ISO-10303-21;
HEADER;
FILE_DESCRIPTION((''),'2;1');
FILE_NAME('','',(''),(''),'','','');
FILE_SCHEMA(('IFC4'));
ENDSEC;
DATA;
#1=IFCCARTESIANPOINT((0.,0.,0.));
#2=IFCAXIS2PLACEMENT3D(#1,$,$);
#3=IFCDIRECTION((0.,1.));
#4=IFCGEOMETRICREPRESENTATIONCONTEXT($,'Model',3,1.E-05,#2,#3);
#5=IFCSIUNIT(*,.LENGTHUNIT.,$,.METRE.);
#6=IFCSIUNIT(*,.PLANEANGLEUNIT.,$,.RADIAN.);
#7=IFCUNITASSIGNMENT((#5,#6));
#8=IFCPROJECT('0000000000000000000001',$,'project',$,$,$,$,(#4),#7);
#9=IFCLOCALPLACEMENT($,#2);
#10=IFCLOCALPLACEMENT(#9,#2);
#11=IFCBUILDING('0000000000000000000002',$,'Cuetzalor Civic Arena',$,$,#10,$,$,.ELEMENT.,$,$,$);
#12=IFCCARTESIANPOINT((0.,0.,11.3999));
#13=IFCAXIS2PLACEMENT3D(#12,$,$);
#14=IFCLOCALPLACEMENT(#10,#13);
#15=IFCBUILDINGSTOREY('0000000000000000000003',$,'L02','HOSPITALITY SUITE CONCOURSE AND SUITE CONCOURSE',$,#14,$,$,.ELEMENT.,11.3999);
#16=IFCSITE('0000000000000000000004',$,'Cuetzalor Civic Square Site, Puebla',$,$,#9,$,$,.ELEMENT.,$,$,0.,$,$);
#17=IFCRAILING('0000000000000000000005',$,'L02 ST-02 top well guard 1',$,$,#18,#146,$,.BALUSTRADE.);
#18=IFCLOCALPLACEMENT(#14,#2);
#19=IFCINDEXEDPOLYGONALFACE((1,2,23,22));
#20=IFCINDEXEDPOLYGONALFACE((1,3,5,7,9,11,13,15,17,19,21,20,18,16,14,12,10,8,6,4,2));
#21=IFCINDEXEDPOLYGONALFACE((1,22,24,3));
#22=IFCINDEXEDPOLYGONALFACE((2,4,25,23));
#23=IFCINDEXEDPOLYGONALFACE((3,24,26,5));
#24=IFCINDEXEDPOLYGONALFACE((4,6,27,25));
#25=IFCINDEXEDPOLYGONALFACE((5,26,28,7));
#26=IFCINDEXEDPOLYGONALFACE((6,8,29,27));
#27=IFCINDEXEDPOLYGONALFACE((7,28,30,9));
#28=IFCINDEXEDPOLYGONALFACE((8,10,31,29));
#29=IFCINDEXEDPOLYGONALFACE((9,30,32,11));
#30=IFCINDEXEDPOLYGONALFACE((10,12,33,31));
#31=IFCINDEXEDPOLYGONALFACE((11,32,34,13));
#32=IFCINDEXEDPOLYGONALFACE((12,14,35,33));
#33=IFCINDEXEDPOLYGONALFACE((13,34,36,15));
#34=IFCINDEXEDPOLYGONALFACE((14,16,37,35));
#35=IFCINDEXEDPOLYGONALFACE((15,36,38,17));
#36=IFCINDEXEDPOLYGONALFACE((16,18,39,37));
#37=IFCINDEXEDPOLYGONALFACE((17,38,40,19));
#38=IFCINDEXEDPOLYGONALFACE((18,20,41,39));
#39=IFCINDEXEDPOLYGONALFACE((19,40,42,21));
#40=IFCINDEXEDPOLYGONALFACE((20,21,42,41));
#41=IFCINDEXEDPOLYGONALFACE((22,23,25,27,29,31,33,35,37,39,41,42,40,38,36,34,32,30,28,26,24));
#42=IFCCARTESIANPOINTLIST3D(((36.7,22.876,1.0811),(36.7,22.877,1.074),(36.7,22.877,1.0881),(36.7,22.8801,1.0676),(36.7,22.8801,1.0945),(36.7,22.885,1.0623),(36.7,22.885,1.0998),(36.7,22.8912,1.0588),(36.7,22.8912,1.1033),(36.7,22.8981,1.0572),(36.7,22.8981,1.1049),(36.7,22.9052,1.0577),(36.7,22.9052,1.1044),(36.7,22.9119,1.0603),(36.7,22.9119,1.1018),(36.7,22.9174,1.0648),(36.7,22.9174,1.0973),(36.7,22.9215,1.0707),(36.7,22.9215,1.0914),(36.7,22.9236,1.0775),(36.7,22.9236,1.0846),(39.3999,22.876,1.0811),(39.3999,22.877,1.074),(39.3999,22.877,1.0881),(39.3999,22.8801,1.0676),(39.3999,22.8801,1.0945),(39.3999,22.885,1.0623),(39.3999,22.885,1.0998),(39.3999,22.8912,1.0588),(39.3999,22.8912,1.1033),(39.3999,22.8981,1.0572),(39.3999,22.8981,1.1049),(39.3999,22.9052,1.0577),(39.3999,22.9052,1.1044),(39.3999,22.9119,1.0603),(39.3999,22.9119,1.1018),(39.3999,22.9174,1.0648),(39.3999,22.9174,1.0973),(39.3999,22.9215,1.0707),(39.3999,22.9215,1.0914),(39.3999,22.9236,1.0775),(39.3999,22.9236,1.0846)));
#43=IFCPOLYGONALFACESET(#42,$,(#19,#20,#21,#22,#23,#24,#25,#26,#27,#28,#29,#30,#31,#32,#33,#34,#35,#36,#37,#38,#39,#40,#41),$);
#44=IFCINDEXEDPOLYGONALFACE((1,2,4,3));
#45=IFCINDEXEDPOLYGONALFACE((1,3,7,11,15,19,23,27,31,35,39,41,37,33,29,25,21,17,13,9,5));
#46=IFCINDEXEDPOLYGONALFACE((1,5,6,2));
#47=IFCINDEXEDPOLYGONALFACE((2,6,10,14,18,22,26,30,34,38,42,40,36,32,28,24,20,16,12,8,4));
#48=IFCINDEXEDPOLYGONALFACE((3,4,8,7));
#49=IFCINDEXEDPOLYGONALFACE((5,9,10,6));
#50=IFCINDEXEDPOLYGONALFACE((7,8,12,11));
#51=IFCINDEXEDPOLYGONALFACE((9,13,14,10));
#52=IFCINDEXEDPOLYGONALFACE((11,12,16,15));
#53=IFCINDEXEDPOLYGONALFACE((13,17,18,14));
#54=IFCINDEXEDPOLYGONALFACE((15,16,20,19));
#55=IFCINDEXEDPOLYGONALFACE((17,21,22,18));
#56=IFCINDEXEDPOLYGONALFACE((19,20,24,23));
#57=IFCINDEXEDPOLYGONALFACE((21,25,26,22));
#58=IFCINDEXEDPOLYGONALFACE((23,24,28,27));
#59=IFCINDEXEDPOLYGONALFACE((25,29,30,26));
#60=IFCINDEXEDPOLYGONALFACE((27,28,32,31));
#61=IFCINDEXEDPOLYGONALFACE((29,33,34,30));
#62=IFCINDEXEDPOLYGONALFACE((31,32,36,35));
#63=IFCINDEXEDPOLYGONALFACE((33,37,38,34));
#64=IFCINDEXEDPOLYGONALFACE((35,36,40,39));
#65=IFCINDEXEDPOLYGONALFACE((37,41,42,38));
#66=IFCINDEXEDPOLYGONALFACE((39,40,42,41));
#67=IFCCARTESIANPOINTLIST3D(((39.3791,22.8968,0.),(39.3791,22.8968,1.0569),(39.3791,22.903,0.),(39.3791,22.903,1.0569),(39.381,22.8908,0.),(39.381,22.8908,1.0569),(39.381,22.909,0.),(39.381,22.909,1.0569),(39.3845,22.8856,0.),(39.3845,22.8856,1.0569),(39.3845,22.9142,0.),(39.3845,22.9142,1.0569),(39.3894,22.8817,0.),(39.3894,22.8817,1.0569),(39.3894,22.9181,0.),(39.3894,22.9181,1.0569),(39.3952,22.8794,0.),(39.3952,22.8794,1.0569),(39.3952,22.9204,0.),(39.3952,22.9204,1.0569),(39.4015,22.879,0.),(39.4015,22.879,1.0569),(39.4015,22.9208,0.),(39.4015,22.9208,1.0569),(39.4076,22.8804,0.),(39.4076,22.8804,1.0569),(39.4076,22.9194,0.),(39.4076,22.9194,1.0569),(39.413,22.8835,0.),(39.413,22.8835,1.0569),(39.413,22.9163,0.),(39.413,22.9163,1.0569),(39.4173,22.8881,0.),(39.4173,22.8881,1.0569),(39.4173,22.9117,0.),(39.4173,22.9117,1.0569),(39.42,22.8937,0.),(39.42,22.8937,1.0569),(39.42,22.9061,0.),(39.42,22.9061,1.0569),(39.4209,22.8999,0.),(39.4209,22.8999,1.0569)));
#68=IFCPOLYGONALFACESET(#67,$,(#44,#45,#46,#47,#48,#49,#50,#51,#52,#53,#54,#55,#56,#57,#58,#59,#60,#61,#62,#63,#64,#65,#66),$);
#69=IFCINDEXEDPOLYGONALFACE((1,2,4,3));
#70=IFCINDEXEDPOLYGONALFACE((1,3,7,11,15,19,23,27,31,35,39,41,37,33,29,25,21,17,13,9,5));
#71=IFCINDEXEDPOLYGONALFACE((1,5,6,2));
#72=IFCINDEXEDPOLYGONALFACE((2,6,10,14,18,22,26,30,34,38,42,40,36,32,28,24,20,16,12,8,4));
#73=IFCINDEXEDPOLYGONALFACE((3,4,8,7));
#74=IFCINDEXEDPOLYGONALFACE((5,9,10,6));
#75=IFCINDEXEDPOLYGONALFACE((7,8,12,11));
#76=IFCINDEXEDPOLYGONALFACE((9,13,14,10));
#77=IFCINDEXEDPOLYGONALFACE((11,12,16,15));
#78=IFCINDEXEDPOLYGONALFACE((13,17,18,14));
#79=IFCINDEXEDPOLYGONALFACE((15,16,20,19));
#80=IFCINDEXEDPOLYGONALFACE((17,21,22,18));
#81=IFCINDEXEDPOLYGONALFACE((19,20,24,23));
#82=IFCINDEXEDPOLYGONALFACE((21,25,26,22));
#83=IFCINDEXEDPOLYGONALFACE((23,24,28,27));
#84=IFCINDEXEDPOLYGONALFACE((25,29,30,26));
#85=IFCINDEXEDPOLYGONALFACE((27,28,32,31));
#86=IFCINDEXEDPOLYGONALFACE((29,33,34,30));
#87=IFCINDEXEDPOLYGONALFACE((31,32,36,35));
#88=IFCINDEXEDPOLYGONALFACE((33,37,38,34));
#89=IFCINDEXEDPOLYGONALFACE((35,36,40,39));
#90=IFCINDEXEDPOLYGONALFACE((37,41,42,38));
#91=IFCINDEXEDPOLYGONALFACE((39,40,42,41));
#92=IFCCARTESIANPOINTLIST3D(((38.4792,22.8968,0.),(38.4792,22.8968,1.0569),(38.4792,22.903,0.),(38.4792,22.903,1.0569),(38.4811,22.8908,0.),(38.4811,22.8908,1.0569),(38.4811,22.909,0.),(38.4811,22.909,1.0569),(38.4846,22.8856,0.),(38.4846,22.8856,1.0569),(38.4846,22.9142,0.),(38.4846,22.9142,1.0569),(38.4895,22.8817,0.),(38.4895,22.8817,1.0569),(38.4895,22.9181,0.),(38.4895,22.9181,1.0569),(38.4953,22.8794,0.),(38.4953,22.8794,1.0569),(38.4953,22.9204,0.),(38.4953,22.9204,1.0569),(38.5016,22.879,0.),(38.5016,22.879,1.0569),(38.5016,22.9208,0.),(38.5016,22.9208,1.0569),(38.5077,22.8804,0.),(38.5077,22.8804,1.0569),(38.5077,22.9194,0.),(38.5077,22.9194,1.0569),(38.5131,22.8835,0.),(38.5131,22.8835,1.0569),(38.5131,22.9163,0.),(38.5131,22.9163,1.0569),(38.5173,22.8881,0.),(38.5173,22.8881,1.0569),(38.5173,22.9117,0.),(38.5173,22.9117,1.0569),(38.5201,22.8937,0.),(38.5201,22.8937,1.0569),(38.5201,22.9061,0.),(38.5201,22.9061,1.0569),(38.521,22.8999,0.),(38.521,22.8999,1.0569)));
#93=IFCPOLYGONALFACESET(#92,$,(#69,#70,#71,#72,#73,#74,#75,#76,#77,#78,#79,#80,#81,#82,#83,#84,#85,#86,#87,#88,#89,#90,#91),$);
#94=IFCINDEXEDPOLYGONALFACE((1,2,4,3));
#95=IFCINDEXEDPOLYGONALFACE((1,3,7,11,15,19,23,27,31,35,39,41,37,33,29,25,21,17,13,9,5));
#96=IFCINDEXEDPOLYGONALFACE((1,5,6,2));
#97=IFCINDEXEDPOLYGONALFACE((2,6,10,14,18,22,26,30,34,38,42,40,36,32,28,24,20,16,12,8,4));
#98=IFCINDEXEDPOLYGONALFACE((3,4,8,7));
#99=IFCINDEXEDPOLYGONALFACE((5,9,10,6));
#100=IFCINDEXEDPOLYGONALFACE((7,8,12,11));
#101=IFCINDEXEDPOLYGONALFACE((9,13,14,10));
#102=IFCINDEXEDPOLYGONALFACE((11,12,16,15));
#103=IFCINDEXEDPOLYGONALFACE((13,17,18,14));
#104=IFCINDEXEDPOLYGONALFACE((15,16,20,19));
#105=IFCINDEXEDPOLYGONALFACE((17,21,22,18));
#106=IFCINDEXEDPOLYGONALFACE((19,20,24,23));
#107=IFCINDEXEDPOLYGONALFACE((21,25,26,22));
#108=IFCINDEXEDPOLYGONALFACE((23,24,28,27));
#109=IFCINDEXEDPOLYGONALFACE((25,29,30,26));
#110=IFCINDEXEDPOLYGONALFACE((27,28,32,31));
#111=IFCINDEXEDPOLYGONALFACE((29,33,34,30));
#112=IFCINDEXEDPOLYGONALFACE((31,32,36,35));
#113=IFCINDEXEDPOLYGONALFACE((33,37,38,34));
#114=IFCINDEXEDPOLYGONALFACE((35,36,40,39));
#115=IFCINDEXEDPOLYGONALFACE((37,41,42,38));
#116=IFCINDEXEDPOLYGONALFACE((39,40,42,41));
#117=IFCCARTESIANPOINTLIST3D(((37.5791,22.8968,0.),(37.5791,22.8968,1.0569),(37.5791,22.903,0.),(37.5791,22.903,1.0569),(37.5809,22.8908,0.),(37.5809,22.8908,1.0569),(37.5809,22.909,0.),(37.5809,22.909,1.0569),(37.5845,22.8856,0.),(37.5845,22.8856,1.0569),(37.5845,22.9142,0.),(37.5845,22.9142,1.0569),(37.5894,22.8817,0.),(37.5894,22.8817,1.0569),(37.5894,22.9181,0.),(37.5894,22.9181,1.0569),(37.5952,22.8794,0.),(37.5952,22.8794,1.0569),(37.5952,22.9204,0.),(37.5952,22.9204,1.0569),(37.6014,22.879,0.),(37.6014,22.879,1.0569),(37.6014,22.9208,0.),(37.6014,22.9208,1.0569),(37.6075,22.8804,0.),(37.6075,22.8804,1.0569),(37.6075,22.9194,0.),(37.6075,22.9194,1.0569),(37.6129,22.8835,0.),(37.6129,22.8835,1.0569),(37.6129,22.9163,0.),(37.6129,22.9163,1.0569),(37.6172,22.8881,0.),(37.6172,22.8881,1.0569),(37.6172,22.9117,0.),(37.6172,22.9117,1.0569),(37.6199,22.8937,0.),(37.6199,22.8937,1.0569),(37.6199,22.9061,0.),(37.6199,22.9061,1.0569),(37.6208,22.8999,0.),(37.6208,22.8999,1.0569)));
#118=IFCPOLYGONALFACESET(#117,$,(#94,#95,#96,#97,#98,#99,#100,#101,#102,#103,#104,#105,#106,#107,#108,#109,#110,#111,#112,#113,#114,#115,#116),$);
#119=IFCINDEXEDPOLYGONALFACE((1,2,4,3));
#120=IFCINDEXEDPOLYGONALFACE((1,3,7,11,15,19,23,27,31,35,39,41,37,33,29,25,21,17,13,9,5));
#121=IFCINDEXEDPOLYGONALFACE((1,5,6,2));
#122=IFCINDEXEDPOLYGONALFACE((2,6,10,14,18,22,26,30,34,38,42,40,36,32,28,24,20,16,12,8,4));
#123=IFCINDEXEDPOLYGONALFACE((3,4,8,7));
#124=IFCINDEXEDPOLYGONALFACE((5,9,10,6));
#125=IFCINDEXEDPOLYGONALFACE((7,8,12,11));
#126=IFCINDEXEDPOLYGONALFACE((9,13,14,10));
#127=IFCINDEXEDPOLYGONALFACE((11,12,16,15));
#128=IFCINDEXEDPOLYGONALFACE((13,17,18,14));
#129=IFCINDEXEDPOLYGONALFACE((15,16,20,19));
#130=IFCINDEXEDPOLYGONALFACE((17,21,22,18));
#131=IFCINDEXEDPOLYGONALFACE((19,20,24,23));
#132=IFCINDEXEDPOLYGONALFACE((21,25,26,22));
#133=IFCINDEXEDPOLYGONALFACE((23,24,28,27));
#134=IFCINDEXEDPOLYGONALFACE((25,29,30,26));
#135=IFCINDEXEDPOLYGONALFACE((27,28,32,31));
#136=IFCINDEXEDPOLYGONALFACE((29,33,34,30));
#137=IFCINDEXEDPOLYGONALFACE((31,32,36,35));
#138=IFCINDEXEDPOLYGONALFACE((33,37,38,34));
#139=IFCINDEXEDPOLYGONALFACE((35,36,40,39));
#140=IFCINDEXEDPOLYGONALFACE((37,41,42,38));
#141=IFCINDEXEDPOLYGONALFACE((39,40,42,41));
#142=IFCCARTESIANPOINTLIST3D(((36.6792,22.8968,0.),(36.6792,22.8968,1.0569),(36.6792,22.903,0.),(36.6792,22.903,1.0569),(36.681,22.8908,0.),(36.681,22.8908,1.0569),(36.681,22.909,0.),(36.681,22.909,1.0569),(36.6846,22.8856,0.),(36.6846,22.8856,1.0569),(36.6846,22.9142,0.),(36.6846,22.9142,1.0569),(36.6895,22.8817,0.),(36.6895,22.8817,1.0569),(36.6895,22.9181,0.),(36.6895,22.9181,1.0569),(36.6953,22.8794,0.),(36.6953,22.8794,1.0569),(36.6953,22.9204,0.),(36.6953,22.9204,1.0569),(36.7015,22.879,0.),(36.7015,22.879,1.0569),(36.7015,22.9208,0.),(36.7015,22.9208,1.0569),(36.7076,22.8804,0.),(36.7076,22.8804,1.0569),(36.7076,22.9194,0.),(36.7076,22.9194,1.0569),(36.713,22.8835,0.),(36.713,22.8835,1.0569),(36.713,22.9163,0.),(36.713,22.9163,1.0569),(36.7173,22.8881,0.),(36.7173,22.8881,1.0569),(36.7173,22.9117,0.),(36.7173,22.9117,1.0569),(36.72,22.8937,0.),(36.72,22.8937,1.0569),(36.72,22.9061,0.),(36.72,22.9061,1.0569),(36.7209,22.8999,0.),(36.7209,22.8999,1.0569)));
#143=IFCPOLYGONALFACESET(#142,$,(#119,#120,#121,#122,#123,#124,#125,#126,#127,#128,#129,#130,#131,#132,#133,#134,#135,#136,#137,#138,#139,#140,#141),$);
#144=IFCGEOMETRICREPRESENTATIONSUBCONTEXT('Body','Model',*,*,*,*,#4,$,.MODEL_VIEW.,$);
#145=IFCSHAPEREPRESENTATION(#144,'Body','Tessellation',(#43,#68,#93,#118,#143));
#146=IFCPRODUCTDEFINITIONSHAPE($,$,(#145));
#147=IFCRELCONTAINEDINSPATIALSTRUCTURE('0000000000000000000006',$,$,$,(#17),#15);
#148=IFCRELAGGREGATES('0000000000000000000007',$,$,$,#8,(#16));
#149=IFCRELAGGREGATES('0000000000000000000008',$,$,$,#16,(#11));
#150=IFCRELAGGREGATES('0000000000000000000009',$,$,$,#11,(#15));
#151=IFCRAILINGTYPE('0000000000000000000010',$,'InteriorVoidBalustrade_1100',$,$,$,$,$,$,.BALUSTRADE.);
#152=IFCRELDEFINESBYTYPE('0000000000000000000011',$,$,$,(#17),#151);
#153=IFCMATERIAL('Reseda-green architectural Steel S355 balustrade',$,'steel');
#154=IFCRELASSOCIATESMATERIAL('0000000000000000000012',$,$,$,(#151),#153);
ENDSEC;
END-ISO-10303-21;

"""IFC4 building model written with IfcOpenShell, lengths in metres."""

from ifc_helpers import new_model, si_unit, direction, frame, origin, origin_2d, place, context, subcontext, project, spatial, circle, extrude, material, type_object, element, save


model = new_model("IFC4")

# Units and contexts
model_context = context("Model", 3, precision=1e-05, world=origin(), true_north=direction((0.0, 1.0)))
body_context = subcontext(model_context, "Body", "Model", "MODEL_VIEW")
ifc_project = project(units=[si_unit("LENGTHUNIT", "METRE"), si_unit("PLANEANGLEUNIT", "RADIAN")], contexts=[model_context])

# Site, building, storey
site_placement = place(None, origin())
site = spatial("IfcSite", under=ifc_project, at=site_placement, Name="Cuetzalor Civic Square Site, Puebla", CompositionType="ELEMENT", RefElevation=0.0)
building_placement = place(site_placement, origin())
building = spatial("IfcBuilding", under=site, at=building_placement, Name="Cuetzalor Civic Arena", CompositionType="ELEMENT")
storey_placement = place(building_placement, frame((0.0, 0.0, 11.3999)))
storey = spatial("IfcBuildingStorey", under=building, at=storey_placement, Name="L02", Description="HOSPITALITY SUITE CONCOURSE AND SUITE CONCOURSE", CompositionType="ELEMENT", Elevation=11.3999)

# Railing
ifc_material_1 = material(Name="Reseda-green architectural Steel S355 balustrade", Category="steel")
railing_type_1 = type_object("IfcRailingType", Name="InteriorVoidBalustrade_1100", PredefinedType="BALUSTRADE", material=ifc_material_1)
railing_1_placement = place(storey_placement, frame((39.3999, 22.8999, 0.0)))
element("IfcRailing", 1, at=railing_1_placement, inside=storey, type_object=railing_type_1, Name="L02 ST-02 top well guard 1", PredefinedType="BALUSTRADE", context=body_context, shape_type="SweptSolid", body=[
    extrude(circle(Radius=0.0239, at=origin_2d()), frame((0.0, 0.0, 1.0811), z_axis=(-1.0, 0.0, 0.0), x_axis=(0.0, -1.0, 0.0)), (0.0, 0.0, 1.0), 2.7),
    extrude(circle(Radius=0.021, at=origin_2d()), origin(), (0.0, 0.0, 1.0), 1.0569),
    extrude(circle(Radius=0.021, at=origin_2d()), frame((-0.8999, 0.0, 0.0)), (0.0, 0.0, 1.0), 1.0569),
    extrude(circle(Radius=0.021, at=origin_2d()), frame((-1.8, 0.0, 0.0)), (0.0, 0.0, 1.0), 1.0569),
    extrude(circle(Radius=0.021, at=origin_2d()), frame((-2.7, 0.0, 0.0)), (0.0, 0.0, 1.0), 1.0569),
])

save(model, "model.ifc")
